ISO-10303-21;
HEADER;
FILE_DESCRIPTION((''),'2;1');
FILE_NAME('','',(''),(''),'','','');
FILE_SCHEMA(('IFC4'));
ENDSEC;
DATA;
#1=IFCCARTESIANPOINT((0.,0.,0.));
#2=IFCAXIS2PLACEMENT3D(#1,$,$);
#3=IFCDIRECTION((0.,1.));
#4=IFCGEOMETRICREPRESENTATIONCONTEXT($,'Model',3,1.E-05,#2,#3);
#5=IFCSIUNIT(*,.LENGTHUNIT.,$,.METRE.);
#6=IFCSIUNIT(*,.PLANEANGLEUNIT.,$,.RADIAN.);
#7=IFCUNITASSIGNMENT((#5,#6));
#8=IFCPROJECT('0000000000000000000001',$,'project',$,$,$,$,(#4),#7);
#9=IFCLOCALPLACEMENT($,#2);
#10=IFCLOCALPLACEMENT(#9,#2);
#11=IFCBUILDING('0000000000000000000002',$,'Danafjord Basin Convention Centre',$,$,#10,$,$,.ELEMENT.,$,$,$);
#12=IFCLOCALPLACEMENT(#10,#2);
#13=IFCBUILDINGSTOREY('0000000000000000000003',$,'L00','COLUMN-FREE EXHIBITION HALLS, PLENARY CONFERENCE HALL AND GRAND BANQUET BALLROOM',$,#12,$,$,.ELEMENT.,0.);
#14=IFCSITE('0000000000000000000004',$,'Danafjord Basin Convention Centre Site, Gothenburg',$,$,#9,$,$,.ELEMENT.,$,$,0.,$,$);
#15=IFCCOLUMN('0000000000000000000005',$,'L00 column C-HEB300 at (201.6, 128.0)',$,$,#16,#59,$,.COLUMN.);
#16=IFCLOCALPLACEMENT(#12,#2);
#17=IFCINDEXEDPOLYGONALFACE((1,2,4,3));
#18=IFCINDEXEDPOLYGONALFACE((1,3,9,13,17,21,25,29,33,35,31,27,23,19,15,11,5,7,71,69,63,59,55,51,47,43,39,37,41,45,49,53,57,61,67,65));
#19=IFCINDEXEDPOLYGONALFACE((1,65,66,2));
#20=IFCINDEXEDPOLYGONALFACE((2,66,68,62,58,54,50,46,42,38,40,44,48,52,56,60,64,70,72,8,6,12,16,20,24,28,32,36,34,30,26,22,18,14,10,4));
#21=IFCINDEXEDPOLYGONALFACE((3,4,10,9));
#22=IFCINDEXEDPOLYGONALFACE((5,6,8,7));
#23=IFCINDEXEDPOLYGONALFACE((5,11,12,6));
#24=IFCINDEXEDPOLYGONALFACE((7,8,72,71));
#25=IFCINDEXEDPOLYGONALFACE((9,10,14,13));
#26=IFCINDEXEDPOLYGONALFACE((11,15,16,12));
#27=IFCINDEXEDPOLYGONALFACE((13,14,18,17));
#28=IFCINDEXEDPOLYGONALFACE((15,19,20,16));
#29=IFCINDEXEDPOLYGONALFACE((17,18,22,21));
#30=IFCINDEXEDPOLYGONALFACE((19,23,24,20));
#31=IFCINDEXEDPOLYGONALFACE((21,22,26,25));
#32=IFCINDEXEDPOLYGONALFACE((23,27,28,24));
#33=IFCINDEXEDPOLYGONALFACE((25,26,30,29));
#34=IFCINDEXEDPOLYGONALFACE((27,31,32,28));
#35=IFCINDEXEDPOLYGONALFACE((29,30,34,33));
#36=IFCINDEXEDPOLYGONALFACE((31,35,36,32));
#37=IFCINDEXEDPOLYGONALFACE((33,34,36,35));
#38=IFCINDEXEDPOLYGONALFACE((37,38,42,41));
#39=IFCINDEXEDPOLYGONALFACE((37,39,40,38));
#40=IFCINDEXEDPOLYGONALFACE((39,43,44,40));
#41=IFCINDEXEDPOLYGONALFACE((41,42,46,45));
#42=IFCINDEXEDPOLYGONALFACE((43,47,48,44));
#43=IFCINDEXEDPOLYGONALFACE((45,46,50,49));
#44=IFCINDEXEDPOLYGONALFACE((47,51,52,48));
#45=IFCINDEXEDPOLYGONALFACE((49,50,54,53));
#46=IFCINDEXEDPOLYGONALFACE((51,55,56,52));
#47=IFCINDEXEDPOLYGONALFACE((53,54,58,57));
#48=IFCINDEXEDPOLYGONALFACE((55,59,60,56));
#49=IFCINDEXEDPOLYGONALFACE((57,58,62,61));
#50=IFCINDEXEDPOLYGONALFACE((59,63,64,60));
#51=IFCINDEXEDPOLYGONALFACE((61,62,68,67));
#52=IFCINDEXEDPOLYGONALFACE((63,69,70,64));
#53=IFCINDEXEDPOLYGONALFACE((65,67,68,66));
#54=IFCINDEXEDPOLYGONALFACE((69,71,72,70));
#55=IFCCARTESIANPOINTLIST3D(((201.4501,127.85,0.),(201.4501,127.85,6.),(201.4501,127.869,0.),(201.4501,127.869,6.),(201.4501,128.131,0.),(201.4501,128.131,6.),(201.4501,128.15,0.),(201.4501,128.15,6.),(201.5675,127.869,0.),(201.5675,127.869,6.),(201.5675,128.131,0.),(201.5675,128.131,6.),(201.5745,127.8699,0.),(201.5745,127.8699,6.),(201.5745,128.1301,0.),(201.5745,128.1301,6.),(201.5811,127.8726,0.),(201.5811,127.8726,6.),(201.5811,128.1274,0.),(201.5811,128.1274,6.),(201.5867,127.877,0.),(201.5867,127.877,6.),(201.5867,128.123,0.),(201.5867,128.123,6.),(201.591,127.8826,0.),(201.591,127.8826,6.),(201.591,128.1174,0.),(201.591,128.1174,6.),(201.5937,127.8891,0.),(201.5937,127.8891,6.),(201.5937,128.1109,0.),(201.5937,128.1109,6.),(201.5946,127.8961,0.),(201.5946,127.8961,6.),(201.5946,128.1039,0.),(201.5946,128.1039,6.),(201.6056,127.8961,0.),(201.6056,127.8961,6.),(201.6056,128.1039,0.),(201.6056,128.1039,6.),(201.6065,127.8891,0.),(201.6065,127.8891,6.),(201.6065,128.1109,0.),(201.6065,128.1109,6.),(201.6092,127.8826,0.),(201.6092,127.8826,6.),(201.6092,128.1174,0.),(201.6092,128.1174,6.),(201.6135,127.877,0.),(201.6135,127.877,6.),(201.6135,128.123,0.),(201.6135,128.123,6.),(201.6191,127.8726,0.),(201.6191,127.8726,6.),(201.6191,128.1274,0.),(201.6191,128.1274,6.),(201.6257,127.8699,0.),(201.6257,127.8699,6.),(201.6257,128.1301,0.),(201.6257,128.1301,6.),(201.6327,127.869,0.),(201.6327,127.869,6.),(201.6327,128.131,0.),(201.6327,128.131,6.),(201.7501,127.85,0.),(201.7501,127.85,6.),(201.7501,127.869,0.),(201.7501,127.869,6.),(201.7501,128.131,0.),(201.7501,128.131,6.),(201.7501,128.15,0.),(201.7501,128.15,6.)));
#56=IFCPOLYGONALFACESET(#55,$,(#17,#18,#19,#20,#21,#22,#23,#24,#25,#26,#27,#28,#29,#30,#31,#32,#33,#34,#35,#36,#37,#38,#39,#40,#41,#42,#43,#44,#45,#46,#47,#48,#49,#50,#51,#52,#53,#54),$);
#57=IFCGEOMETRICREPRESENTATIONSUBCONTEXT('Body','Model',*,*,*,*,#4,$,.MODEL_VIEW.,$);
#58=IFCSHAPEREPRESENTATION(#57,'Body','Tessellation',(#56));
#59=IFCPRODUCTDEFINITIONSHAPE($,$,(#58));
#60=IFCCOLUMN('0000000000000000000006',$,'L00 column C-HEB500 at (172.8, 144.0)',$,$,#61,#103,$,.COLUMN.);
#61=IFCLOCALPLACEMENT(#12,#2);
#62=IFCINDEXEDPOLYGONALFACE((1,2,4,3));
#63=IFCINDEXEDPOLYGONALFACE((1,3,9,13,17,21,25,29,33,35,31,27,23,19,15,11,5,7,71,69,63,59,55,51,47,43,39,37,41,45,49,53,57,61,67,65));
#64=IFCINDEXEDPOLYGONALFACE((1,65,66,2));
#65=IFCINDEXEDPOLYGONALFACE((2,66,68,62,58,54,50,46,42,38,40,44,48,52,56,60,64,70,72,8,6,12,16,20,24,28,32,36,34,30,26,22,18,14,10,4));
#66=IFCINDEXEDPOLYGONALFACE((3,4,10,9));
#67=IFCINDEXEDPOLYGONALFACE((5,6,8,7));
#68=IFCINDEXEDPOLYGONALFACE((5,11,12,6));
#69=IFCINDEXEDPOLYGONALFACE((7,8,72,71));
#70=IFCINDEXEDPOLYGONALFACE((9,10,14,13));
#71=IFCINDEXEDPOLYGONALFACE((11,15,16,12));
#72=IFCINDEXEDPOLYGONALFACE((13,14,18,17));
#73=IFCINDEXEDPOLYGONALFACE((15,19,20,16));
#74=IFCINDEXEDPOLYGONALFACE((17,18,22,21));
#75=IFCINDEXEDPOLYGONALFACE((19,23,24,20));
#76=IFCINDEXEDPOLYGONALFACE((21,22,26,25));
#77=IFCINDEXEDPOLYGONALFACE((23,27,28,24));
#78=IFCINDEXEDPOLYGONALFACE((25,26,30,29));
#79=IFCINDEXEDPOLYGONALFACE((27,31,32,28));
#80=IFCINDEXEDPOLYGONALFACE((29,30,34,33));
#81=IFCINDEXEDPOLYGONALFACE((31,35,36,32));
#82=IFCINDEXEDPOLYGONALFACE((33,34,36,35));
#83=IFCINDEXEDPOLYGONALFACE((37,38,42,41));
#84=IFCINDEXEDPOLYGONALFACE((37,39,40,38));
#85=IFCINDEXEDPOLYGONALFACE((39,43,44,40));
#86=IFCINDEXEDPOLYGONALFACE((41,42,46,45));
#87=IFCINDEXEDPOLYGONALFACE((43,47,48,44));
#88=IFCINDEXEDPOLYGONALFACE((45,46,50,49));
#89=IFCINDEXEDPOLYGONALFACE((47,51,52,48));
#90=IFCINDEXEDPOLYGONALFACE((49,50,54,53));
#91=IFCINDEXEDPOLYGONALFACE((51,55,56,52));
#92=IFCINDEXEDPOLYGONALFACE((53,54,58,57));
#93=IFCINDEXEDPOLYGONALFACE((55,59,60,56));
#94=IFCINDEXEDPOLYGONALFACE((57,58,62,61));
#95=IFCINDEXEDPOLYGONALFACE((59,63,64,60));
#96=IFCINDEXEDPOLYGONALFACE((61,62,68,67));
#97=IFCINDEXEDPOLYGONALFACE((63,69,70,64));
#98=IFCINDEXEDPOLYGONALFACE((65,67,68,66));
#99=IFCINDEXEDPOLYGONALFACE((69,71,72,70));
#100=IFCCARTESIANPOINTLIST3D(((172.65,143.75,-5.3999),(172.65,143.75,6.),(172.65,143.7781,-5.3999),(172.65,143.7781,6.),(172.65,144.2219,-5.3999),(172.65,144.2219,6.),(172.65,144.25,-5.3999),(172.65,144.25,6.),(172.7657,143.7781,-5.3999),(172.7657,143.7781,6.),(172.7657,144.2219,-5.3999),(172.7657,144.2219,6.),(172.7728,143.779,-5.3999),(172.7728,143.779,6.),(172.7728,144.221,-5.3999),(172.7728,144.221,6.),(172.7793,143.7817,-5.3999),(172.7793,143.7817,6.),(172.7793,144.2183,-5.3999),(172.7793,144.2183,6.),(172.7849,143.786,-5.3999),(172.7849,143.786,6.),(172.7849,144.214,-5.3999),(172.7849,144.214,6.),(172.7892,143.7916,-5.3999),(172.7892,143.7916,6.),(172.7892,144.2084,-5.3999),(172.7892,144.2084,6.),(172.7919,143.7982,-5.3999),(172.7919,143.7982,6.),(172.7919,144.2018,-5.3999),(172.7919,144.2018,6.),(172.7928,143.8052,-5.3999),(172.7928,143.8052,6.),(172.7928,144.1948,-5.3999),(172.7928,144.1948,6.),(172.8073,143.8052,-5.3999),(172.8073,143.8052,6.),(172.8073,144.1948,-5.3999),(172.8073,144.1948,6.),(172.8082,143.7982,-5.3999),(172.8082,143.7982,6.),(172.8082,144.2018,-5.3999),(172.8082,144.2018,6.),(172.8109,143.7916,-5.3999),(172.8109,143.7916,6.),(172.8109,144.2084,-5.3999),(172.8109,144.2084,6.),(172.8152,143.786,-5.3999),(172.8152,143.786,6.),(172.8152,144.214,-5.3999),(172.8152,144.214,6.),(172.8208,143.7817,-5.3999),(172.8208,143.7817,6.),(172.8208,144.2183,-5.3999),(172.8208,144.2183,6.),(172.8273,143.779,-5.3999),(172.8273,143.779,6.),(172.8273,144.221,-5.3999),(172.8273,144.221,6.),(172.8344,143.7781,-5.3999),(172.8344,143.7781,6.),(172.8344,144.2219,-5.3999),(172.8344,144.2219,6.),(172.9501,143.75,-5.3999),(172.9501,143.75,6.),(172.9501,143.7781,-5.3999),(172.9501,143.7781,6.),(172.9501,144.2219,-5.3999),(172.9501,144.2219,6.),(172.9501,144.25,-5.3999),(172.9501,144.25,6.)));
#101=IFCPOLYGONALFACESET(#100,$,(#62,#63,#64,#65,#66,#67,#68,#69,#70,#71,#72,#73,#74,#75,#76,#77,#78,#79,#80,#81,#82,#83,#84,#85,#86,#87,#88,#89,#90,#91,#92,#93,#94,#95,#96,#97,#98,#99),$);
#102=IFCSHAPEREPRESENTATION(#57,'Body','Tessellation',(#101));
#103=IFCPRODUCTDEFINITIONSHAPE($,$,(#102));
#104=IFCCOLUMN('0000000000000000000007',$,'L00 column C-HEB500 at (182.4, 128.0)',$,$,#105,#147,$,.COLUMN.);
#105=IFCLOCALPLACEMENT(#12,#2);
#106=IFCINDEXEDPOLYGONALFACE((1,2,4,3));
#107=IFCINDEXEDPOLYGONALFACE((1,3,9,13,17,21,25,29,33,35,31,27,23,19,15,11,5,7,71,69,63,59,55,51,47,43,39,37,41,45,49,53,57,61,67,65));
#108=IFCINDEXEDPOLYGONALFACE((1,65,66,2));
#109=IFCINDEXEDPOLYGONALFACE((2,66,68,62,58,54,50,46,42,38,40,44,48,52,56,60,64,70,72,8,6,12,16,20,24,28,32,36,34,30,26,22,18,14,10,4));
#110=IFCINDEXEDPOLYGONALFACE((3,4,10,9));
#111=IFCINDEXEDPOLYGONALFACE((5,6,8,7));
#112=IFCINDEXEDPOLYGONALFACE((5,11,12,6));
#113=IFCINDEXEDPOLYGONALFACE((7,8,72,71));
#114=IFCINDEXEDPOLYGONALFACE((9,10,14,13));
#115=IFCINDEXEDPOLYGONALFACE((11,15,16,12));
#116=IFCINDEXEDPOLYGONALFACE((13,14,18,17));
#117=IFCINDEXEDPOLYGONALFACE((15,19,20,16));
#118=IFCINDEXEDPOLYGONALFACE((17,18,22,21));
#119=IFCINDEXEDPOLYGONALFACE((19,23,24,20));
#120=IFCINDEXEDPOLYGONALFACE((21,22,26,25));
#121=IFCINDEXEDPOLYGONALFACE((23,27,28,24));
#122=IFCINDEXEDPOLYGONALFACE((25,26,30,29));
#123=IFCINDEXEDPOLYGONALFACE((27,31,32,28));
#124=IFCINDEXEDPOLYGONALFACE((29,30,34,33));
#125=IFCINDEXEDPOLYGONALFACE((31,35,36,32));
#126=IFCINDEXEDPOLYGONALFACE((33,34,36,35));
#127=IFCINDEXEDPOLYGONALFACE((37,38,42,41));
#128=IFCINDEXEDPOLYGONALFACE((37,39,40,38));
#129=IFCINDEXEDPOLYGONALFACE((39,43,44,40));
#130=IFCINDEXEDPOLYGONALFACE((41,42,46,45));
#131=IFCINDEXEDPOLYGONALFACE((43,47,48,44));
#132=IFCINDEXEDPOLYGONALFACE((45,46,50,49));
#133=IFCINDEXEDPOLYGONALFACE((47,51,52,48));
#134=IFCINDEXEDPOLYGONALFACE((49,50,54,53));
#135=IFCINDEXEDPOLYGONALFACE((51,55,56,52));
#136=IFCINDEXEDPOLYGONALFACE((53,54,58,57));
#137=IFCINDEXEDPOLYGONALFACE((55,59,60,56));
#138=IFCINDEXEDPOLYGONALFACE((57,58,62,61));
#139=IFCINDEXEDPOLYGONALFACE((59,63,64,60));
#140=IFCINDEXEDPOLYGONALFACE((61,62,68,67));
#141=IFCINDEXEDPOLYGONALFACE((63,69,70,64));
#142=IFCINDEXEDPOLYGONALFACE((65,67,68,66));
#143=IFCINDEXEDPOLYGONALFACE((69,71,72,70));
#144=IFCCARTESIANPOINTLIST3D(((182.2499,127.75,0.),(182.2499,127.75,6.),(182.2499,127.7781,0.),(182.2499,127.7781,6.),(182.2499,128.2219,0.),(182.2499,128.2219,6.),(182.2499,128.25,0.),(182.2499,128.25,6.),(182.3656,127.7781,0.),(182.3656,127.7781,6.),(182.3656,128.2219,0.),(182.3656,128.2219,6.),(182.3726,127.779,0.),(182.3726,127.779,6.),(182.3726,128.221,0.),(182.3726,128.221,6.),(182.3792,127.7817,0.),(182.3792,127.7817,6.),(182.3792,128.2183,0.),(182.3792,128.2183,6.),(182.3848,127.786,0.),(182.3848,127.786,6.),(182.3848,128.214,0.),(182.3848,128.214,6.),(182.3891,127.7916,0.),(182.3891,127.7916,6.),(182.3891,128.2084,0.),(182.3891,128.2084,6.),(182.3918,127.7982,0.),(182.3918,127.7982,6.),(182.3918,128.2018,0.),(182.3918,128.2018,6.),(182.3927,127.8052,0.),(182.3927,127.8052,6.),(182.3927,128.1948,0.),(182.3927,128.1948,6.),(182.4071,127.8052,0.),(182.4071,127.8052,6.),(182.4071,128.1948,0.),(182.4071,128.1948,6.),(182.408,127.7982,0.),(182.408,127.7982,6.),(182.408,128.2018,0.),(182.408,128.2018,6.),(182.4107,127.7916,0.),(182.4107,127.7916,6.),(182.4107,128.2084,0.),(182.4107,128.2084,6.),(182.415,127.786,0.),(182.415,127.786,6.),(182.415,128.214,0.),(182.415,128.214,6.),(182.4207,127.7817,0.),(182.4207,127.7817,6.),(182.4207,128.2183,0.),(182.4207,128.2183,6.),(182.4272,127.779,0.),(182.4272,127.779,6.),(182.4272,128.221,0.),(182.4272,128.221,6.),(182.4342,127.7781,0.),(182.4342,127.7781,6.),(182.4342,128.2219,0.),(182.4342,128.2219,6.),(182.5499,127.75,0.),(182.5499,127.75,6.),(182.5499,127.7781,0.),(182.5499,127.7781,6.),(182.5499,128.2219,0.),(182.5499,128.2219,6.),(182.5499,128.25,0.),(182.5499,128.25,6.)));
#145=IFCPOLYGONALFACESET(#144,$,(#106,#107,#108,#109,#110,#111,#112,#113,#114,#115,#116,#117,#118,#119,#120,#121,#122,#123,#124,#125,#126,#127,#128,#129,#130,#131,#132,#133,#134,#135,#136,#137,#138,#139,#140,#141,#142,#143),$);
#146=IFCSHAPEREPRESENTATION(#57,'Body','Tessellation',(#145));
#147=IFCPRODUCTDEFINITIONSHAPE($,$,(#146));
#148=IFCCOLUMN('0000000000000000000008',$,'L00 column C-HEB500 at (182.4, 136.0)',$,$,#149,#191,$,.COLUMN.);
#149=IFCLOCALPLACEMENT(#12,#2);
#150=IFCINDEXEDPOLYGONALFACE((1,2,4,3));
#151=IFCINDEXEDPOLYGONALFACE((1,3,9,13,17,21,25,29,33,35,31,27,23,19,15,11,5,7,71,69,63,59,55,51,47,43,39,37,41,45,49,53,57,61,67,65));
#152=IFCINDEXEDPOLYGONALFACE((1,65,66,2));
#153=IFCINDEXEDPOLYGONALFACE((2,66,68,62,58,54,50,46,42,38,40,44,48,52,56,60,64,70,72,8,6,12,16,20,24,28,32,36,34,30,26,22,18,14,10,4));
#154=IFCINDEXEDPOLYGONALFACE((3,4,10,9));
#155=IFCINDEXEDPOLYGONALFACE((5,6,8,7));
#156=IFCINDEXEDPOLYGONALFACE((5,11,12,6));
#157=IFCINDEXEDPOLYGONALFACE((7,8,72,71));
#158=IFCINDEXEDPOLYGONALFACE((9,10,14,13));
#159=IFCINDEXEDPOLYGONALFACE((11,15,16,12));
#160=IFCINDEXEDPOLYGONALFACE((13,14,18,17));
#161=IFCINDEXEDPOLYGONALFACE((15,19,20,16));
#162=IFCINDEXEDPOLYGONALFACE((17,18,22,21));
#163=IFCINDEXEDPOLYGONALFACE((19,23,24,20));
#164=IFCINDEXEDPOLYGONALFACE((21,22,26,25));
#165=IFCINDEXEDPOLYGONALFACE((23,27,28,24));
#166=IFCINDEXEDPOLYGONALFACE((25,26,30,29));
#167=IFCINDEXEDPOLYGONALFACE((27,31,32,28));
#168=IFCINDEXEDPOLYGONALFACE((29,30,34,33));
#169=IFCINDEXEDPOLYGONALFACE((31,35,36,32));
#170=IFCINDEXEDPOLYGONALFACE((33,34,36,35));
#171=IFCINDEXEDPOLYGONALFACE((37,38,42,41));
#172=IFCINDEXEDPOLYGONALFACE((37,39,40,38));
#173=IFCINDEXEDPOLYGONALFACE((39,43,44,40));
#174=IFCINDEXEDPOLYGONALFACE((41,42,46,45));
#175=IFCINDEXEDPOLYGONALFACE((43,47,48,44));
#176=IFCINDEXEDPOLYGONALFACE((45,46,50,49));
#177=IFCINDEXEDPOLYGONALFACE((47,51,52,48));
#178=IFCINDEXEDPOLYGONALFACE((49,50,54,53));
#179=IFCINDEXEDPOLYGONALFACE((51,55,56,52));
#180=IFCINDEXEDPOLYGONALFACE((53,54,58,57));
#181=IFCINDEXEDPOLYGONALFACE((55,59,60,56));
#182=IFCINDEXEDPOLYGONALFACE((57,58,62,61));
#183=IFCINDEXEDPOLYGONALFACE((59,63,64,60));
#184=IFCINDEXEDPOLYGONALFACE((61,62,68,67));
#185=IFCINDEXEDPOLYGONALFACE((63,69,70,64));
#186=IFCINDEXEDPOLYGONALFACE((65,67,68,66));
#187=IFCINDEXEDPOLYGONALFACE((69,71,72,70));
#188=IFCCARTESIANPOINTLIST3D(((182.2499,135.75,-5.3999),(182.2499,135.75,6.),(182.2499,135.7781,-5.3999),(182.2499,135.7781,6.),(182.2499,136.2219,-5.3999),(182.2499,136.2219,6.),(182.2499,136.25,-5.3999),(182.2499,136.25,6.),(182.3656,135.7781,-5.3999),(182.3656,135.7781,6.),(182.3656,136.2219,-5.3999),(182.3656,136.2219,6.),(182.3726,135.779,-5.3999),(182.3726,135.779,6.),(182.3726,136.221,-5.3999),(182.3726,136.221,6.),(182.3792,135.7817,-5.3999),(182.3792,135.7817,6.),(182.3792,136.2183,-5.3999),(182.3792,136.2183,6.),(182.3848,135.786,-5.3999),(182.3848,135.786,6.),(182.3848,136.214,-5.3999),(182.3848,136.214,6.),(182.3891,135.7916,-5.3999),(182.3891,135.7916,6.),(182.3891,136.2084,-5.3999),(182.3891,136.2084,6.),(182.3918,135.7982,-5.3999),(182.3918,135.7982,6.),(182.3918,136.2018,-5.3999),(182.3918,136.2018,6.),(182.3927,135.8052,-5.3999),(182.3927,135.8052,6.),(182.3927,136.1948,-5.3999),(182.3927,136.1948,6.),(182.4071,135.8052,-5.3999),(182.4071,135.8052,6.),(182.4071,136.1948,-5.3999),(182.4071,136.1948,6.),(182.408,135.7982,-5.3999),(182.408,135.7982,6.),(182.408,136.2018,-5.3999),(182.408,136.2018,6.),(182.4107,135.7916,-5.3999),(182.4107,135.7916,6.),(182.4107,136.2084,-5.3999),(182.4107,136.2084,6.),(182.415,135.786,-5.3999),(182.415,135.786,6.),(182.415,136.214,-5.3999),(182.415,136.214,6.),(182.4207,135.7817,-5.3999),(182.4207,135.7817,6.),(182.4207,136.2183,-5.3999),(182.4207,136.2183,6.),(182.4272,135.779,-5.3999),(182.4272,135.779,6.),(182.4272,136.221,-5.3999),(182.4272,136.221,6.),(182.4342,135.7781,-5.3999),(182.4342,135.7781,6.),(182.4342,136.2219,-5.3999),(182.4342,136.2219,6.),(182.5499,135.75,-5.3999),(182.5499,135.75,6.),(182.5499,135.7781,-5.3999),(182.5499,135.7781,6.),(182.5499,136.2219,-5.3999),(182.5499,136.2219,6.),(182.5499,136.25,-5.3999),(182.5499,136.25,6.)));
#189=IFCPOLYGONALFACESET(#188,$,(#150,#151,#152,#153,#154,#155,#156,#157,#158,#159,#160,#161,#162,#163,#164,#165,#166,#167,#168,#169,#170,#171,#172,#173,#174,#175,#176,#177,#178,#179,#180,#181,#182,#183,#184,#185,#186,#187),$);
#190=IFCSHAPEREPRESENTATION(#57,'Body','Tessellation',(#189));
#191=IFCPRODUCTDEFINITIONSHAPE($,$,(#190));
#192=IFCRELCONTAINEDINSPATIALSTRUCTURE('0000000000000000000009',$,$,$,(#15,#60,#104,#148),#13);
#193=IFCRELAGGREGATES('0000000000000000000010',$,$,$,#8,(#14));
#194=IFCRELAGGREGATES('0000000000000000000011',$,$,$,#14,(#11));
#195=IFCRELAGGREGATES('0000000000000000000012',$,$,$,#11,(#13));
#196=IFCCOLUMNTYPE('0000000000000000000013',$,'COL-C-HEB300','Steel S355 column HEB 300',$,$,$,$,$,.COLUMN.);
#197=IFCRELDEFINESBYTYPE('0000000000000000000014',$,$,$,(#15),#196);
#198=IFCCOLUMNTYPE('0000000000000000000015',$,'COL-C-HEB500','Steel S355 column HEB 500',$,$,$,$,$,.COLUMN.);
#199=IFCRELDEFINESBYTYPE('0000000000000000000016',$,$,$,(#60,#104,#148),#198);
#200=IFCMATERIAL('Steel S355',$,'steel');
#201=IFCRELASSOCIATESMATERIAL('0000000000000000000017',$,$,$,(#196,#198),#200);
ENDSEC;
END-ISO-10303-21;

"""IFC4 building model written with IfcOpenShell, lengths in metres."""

from ifc_helpers import new_model, si_unit, direction, frame, origin, origin_2d, place, context, subcontext, project, spatial, i_section, extrude, material, material_profile, profile_set, type_object, element, save


model = new_model("IFC4")

# Units and contexts
model_context = context("Model", 3, precision=1e-05, world=origin(), true_north=direction((0.0, 1.0)))
body_context = subcontext(model_context, "Body", "Model", "MODEL_VIEW")
ifc_project = project(units=[si_unit("LENGTHUNIT", "METRE"), si_unit("PLANEANGLEUNIT", "RADIAN")], contexts=[model_context])

# Site, building, storey
site_placement = place(None, origin())
site = spatial("IfcSite", under=ifc_project, at=site_placement, Name="Danafjord Basin Convention Centre Site, Gothenburg", CompositionType="ELEMENT", RefElevation=0.0)
building_placement = place(site_placement, origin())
building = spatial("IfcBuilding", under=site, at=building_placement, Name="Danafjord Basin Convention Centre", CompositionType="ELEMENT")
storey_placement = place(building_placement, origin())
storey = spatial("IfcBuildingStorey", under=building, at=storey_placement, Name="L00", Description="COLUMN-FREE EXHIBITION HALLS, PLENARY CONFERENCE HALL AND GRAND BANQUET BALLROOM", CompositionType="ELEMENT", Elevation=0.0)

# Columns
ifc_material_1 = material(Name="Steel S355", Category="steel")
ifc_material_profile_1 = material_profile(ifc_material_1, i_section(OverallWidth=0.3, OverallDepth=0.3, WebThickness=0.011, FlangeThickness=0.019, FilletRadius=0.0271, at=origin_2d()), Name="HEB 300")
ifc_profile_set_1 = profile_set([ifc_material_profile_1], Name="Steel S355")
column_type_1 = type_object("IfcColumnType", Name="COL-C-HEB300", Description="Steel S355 column HEB 300", PredefinedType="COLUMN", material=ifc_profile_set_1)
column_1_placement = place(storey_placement, frame((201.6001, 128.0, 0.0), z_axis=(0.0, 0.0, 1.0), x_axis=(1.0, 0.0, 0.0)))
element("IfcColumn", 1, at=column_1_placement, inside=storey, type_object=column_type_1, Name="L00 column C-HEB300 at (201.6, 128.0)", PredefinedType="COLUMN", context=body_context, shape_type="SweptSolid", body=[
    extrude(i_section(OverallWidth=0.3, OverallDepth=0.3, WebThickness=0.011, FlangeThickness=0.019, FilletRadius=0.0271, at=origin_2d()), origin(), (0.0, 0.0, 1.0), 6.0),
])
ifc_material_profile_2 = material_profile(ifc_material_1, i_section(OverallWidth=0.3, OverallDepth=0.5, WebThickness=0.0144, FlangeThickness=0.0281, FilletRadius=0.0271, at=origin_2d()), Name="HEB 500")
ifc_profile_set_2 = profile_set([ifc_material_profile_2], Name="Steel S355")
column_type_2 = type_object("IfcColumnType", Name="COL-C-HEB500", Description="Steel S355 column HEB 500", PredefinedType="COLUMN", material=ifc_profile_set_2)
column_2_placement = place(storey_placement, frame((172.8, 144.0, -5.3999), z_axis=(0.0, 0.0, 1.0), x_axis=(1.0, 0.0, 0.0)))
element("IfcColumn", 2, at=column_2_placement, inside=storey, type_object=column_type_2, Name="L00 column C-HEB500 at (172.8, 144.0)", PredefinedType="COLUMN", context=body_context, shape_type="SweptSolid", body=[
    extrude(i_section(OverallWidth=0.3, OverallDepth=0.5, WebThickness=0.0144, FlangeThickness=0.0281, FilletRadius=0.0271, at=origin_2d()), origin(), (0.0, 0.0, 1.0), 11.3999),
])
column_3_placement = place(storey_placement, frame((182.3999, 128.0, 0.0), z_axis=(0.0, 0.0, 1.0), x_axis=(1.0, 0.0, 0.0)))
element("IfcColumn", 3, at=column_3_placement, inside=storey, type_object=column_type_2, Name="L00 column C-HEB500 at (182.4, 128.0)", PredefinedType="COLUMN", context=body_context, shape_type="SweptSolid", body=[
    extrude(i_section(OverallWidth=0.3, OverallDepth=0.5, WebThickness=0.0144, FlangeThickness=0.0281, FilletRadius=0.0271, at=origin_2d()), origin(), (0.0, 0.0, 1.0), 6.0),
])
column_4_placement = place(storey_placement, frame((182.3999, 136.0, -5.3999), z_axis=(0.0, 0.0, 1.0), x_axis=(1.0, 0.0, 0.0)))
element("IfcColumn", 4, at=column_4_placement, inside=storey, type_object=column_type_2, Name="L00 column C-HEB500 at (182.4, 136.0)", PredefinedType="COLUMN", context=body_context, shape_type="SweptSolid", body=[
    extrude(i_section(OverallWidth=0.3, OverallDepth=0.5, WebThickness=0.0144, FlangeThickness=0.0281, FilletRadius=0.0271, at=origin_2d()), origin(), (0.0, 0.0, 1.0), 11.3999),
])

save(model, "model.ifc")
